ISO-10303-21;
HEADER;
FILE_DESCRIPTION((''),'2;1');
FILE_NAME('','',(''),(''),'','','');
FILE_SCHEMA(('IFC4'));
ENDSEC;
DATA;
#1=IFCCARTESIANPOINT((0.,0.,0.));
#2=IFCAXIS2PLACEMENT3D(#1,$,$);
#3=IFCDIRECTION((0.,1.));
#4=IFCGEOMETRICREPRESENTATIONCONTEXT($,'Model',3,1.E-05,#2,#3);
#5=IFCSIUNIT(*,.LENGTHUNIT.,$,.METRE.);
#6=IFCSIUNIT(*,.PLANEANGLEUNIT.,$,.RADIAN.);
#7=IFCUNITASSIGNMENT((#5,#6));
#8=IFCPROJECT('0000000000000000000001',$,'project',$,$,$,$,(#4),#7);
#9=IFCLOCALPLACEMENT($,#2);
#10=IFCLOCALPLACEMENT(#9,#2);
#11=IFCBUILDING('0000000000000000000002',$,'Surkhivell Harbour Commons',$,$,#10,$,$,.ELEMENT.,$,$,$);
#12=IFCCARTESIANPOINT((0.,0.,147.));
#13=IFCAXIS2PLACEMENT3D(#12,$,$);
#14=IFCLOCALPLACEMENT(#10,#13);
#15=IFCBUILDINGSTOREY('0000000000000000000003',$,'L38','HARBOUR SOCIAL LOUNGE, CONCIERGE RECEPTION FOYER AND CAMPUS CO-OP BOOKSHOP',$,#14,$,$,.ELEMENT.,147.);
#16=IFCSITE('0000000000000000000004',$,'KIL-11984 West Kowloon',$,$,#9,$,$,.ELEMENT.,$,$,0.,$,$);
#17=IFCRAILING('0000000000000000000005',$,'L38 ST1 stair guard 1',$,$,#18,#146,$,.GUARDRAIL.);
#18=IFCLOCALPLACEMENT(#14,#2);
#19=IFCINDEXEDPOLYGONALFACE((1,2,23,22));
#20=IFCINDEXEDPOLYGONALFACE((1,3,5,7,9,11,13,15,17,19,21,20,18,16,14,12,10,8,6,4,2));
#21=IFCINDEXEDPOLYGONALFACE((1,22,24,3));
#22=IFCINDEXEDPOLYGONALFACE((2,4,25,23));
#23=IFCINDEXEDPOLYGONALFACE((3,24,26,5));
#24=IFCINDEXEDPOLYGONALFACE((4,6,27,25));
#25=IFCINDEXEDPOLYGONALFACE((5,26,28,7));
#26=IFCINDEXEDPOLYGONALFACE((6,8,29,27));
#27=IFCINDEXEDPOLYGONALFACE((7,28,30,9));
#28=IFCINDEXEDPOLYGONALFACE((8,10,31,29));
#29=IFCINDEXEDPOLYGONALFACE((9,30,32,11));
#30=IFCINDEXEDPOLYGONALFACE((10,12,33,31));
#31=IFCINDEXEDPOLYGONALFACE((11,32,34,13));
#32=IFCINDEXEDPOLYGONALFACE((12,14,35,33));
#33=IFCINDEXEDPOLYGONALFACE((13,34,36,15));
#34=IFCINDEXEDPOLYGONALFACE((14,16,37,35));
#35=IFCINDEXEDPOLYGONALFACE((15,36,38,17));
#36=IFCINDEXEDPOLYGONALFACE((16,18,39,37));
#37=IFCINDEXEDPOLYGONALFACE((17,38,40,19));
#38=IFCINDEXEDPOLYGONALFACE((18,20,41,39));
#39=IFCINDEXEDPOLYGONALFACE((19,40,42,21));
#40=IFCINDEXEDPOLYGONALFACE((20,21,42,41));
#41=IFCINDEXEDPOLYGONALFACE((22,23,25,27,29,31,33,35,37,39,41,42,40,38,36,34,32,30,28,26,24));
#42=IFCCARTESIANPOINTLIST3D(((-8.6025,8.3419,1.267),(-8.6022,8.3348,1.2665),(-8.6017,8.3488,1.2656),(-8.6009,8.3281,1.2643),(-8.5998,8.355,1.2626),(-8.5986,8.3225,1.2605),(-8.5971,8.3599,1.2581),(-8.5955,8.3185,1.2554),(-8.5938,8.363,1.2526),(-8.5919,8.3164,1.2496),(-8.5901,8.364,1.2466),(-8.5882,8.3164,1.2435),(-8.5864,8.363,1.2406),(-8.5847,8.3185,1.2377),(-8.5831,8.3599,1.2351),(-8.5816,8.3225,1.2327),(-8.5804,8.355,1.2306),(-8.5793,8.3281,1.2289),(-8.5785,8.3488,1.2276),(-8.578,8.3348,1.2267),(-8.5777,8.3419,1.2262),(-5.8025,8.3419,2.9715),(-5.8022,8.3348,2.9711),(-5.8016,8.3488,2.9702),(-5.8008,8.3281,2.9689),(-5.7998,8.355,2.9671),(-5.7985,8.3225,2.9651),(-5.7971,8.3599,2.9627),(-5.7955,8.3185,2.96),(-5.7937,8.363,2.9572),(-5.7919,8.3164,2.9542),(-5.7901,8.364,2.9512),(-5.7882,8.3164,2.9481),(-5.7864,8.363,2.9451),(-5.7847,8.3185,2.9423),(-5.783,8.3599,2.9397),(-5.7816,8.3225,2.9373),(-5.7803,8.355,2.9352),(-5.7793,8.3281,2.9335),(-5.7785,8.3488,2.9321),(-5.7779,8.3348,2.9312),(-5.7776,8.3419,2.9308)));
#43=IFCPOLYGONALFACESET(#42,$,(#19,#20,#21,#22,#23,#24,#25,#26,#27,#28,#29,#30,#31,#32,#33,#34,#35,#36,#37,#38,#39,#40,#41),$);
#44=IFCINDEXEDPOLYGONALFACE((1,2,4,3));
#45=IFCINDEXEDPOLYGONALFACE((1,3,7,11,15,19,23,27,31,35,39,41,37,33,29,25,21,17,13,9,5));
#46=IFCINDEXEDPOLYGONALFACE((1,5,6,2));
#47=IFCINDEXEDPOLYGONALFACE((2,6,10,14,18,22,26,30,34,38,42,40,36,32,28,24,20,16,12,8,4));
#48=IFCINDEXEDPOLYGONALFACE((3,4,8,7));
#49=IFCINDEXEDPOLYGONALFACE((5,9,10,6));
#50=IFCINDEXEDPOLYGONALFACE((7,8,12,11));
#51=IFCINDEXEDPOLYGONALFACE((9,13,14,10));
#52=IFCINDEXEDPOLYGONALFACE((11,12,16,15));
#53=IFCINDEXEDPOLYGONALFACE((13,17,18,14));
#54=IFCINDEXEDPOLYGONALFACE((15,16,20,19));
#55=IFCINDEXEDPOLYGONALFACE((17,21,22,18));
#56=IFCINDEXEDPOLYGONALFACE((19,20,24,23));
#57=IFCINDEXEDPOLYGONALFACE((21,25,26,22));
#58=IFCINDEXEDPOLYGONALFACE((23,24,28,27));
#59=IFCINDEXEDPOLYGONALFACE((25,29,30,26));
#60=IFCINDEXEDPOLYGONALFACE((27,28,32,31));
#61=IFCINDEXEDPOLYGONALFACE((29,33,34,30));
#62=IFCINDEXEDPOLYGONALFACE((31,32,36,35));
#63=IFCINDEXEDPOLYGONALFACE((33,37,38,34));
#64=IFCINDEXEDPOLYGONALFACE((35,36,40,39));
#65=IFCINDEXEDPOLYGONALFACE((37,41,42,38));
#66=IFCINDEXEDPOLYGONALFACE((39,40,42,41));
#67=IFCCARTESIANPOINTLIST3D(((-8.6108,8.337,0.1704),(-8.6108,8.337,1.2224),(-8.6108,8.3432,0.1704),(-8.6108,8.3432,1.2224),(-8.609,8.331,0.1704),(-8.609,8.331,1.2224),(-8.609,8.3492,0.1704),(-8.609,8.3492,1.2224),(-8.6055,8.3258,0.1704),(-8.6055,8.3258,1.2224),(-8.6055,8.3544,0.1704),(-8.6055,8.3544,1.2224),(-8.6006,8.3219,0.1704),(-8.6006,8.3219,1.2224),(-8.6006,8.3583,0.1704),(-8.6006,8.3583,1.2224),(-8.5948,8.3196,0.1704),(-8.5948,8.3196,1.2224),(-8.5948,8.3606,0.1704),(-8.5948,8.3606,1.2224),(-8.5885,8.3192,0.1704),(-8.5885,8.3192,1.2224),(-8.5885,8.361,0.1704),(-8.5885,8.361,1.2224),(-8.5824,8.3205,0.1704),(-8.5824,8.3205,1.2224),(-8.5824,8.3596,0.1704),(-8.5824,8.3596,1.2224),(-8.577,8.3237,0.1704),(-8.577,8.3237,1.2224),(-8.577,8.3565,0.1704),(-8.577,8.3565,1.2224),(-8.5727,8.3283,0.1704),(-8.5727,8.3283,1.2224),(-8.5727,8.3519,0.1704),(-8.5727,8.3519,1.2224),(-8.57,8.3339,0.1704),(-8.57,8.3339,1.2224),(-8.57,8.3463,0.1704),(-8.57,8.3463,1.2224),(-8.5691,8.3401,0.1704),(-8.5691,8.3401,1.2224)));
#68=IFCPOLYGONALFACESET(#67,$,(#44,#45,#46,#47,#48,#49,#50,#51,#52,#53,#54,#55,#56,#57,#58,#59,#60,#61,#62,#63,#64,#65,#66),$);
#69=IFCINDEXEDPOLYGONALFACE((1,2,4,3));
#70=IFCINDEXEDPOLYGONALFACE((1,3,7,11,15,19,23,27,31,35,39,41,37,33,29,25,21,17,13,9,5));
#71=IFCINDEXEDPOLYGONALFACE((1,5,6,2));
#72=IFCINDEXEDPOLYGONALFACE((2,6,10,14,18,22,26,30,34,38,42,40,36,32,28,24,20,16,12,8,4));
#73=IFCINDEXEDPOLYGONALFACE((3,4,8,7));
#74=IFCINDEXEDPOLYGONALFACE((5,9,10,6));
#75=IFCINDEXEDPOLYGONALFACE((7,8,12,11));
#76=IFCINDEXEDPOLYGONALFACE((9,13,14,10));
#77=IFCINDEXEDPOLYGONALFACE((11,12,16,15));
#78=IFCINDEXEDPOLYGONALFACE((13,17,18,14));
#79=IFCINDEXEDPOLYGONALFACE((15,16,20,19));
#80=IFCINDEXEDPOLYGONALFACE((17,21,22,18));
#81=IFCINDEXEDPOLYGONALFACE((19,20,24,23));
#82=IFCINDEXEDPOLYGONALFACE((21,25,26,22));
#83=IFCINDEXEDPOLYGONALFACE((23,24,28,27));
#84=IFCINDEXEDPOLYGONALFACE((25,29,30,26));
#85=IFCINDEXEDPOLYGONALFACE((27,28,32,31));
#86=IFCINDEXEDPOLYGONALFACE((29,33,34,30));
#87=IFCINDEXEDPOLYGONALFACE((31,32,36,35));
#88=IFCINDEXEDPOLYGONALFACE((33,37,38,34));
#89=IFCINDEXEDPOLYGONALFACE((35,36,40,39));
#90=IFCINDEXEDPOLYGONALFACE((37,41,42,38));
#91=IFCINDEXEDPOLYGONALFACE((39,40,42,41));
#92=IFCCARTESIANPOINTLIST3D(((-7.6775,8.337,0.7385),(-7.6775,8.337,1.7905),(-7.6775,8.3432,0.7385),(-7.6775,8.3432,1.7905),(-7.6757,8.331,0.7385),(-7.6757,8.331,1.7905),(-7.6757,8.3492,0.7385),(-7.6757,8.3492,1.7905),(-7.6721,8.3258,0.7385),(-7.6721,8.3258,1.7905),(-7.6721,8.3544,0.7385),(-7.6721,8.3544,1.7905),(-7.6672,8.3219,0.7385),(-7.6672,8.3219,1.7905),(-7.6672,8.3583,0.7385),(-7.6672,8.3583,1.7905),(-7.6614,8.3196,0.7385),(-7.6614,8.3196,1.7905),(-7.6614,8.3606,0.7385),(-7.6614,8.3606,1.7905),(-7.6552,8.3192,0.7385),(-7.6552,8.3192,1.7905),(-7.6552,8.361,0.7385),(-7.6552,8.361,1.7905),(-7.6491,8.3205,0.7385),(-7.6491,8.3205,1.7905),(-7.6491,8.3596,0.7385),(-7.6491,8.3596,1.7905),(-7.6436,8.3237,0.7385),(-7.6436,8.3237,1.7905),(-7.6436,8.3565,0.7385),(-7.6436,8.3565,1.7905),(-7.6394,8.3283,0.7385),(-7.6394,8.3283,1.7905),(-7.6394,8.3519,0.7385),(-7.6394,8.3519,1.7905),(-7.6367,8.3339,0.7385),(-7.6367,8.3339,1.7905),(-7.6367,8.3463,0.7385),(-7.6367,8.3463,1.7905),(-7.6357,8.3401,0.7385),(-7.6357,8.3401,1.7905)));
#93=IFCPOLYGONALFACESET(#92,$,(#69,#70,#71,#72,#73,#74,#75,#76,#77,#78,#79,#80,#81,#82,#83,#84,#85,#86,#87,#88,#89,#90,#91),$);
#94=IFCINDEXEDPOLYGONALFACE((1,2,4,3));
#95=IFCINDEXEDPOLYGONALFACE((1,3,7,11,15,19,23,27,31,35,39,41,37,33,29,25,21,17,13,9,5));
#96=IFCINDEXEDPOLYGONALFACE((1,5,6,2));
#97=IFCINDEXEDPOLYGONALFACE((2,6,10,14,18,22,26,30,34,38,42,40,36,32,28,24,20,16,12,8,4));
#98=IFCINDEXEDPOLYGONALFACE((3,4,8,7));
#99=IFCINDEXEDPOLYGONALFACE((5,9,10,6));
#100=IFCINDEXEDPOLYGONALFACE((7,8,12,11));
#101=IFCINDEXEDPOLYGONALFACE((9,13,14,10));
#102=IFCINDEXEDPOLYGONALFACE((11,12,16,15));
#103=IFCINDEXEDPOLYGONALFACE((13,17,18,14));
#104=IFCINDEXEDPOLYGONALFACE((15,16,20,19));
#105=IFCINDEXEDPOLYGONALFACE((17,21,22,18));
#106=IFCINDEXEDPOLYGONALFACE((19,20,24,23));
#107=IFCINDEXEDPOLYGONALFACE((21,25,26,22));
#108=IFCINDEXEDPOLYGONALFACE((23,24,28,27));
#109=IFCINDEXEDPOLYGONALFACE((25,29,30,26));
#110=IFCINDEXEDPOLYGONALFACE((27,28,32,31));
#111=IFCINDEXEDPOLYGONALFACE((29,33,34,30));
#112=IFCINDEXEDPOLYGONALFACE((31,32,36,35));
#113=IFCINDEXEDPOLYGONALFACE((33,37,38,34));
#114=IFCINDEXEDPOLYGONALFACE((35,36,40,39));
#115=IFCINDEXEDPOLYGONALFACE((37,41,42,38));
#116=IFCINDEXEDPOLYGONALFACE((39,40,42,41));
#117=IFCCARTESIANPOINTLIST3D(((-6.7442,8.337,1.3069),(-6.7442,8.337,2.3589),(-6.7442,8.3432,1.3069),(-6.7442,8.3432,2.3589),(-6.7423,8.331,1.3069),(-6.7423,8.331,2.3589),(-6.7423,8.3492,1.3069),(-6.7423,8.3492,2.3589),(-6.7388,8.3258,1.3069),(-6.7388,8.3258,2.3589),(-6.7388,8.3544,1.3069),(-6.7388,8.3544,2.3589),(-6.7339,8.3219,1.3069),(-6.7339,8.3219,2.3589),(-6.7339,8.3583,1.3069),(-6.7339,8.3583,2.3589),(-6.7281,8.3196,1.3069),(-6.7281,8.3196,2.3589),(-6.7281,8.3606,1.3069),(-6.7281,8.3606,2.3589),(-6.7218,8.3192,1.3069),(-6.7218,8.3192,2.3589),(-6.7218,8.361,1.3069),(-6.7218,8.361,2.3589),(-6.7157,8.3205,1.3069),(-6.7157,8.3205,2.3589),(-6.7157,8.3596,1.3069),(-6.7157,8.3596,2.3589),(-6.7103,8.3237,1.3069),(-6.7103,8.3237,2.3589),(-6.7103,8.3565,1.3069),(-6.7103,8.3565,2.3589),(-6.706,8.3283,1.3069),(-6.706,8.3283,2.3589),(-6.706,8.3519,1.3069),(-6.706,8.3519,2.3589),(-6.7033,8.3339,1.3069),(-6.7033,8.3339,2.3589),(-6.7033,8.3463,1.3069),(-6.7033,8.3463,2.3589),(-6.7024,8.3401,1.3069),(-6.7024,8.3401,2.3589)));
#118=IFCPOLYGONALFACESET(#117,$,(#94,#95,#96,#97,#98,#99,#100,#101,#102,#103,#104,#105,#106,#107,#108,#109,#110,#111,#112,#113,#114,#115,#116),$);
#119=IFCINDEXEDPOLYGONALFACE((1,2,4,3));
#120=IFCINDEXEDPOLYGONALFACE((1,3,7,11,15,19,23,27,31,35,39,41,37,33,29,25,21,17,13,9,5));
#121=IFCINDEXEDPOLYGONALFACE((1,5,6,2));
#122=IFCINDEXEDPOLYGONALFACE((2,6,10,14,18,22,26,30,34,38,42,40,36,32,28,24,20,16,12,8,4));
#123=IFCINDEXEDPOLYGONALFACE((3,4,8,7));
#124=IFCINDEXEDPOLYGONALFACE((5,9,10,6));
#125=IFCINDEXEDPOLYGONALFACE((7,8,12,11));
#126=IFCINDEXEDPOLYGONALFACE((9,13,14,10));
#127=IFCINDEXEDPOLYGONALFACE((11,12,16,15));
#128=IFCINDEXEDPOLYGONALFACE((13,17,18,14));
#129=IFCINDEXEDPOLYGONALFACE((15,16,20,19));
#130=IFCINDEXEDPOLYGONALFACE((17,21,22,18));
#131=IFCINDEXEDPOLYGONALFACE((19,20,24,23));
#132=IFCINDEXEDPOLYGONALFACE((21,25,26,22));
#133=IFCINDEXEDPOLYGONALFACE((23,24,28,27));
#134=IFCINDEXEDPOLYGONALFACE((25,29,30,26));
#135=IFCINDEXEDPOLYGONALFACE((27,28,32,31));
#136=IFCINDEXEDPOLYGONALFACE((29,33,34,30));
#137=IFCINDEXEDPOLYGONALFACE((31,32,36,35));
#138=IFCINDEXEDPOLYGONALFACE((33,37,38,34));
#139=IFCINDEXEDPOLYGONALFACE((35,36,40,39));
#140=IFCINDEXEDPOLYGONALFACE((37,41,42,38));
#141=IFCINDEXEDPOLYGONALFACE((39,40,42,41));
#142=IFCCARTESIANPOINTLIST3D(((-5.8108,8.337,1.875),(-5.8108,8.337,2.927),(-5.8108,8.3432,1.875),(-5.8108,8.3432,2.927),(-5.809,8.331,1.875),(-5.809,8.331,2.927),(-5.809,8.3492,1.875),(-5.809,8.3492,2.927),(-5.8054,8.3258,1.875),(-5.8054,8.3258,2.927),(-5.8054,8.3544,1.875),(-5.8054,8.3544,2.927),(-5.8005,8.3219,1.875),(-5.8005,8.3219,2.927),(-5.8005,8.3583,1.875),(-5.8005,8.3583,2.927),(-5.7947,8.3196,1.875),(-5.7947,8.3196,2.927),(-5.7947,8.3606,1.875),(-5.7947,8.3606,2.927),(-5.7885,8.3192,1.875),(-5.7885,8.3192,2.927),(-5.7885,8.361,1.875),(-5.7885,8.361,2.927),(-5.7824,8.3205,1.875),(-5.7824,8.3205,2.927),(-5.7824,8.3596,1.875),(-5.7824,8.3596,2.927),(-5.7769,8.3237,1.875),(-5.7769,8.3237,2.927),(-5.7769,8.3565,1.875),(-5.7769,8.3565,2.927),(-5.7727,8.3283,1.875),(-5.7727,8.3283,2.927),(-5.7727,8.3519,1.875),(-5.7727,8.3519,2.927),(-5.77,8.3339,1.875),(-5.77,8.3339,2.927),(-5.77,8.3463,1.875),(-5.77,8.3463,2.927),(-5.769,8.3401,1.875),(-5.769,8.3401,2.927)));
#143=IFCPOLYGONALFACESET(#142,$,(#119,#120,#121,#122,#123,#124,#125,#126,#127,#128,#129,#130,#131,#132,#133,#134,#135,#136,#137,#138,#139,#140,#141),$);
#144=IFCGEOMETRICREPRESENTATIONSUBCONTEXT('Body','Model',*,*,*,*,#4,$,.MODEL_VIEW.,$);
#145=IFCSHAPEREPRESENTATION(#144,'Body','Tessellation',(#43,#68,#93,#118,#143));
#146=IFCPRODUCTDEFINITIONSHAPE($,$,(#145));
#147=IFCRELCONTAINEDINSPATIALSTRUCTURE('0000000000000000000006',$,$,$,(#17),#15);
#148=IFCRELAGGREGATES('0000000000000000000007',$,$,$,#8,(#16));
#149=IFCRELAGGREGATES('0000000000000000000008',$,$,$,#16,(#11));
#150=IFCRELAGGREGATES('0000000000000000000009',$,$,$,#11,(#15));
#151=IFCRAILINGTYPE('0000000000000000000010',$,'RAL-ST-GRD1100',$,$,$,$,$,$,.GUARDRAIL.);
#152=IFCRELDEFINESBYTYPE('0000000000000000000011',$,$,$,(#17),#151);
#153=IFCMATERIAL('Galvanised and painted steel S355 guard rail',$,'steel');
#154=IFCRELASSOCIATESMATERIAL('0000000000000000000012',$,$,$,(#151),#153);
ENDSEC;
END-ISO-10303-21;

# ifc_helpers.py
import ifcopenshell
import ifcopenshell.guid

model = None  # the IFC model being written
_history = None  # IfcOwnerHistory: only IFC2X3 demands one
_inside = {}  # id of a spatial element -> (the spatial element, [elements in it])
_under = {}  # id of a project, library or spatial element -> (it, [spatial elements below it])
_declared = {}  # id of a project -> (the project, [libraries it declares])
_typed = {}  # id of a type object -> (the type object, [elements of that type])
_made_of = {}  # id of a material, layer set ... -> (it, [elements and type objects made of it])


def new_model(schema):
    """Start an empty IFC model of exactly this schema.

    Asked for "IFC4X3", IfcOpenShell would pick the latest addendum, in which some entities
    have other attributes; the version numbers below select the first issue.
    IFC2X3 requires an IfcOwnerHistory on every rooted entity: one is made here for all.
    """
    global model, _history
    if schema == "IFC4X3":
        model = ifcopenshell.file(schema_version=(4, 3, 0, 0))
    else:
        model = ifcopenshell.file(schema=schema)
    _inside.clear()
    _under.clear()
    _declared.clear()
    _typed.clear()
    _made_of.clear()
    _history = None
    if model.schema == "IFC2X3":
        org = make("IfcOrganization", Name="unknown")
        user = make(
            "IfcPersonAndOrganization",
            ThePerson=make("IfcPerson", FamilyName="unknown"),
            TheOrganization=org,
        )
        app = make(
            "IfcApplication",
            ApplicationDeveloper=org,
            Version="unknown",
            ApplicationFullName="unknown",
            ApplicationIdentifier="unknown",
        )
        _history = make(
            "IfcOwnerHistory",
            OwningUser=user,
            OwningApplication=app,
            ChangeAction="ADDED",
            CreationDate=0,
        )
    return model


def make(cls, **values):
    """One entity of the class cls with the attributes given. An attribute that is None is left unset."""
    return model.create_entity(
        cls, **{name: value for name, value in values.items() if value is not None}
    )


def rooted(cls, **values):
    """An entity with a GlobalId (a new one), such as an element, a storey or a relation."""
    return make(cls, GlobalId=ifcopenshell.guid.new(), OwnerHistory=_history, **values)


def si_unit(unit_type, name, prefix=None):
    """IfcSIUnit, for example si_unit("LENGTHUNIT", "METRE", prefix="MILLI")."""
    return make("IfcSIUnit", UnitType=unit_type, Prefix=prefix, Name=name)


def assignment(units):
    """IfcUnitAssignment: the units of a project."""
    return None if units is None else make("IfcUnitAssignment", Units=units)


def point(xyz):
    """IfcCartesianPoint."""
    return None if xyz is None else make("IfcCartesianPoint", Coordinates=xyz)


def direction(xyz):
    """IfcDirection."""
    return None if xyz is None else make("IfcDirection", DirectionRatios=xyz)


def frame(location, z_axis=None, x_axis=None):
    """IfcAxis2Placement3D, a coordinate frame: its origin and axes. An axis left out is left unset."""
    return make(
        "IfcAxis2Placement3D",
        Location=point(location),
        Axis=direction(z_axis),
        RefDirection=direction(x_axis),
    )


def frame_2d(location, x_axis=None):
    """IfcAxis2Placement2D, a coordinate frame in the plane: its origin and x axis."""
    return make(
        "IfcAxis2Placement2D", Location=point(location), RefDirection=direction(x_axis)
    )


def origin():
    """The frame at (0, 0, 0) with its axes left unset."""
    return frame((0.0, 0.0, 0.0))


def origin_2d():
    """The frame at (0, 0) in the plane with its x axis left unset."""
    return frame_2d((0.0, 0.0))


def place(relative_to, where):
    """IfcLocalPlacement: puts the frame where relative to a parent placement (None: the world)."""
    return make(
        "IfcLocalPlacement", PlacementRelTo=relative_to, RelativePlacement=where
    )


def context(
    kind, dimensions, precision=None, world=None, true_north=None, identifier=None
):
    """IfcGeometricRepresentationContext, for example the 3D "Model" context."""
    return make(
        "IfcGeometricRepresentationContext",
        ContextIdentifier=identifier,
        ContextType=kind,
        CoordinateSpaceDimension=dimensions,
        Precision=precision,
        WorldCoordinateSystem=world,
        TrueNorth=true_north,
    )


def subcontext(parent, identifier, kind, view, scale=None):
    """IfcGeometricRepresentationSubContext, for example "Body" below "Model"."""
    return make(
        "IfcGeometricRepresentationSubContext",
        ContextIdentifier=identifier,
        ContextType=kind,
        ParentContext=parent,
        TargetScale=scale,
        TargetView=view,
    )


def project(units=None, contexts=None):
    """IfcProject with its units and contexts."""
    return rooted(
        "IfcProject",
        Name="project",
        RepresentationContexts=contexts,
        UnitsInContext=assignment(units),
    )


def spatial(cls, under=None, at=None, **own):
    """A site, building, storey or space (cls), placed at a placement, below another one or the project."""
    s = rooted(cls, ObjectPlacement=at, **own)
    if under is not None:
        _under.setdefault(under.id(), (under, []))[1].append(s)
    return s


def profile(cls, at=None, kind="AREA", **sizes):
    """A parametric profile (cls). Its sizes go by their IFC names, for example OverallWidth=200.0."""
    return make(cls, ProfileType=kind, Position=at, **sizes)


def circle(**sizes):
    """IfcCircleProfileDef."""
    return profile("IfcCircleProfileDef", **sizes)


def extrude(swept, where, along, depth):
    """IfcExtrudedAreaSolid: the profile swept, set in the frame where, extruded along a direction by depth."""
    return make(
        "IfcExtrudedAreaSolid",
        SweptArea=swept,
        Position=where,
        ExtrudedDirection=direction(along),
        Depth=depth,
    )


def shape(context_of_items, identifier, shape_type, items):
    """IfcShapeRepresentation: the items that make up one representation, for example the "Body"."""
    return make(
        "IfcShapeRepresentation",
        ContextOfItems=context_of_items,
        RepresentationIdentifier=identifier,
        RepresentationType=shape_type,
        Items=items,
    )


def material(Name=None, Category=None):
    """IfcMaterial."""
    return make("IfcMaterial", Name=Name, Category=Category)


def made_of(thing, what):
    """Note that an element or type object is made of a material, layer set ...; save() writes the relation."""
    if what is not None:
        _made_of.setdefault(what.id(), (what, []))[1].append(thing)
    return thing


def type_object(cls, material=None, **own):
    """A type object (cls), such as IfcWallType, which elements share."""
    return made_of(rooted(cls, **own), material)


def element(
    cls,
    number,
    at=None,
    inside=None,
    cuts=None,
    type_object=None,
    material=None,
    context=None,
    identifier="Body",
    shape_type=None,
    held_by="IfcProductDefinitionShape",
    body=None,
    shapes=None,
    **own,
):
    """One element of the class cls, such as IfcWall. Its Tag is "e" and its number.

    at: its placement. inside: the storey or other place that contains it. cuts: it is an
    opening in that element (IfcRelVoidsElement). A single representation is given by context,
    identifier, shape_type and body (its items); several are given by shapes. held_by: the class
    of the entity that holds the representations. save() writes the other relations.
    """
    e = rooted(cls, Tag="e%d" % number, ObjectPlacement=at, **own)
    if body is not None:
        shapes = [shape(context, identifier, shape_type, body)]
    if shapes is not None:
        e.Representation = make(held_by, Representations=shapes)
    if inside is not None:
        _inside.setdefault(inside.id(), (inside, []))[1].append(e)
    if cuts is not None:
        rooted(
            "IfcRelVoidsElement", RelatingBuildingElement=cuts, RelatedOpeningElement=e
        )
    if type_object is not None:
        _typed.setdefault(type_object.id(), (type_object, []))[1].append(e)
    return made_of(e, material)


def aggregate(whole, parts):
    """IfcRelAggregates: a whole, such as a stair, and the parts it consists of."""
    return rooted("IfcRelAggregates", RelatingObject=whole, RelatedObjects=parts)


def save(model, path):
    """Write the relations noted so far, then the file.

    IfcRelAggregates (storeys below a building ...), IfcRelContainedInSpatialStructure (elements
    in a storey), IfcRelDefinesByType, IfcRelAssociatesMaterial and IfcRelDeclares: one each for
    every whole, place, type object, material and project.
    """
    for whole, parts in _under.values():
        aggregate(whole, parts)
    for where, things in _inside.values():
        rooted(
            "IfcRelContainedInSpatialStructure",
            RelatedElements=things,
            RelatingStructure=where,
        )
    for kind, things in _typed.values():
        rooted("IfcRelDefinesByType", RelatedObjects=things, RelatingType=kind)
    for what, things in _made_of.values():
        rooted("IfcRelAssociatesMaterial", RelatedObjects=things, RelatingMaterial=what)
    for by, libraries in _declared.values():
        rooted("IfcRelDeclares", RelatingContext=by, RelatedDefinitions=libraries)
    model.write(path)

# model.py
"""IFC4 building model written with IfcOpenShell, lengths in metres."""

from ifc_helpers import new_model, si_unit, direction, frame, origin, origin_2d, place, context, subcontext, project, spatial, circle, extrude, material, type_object, element, save


model = new_model("IFC4")

# Units and contexts
model_context = context("Model", 3, precision=1e-05, world=origin(), true_north=direction((0.0, 1.0)))
body_context = subcontext(model_context, "Body", "Model", "MODEL_VIEW")
ifc_project = project(units=[si_unit("LENGTHUNIT", "METRE"), si_unit("PLANEANGLEUNIT", "RADIAN")], contexts=[model_context])

# Site, building, storey
site_placement = place(None, origin())
site = spatial("IfcSite", under=ifc_project, at=site_placement, Name="KIL-11984 West Kowloon", CompositionType="ELEMENT", RefElevation=0.0)
building_placement = place(site_placement, origin())
building = spatial("IfcBuilding", under=site, at=building_placement, Name="Surkhivell Harbour Commons", CompositionType="ELEMENT")
storey_placement = place(building_placement, frame((0.0, 0.0, 147.0)))
storey = spatial("IfcBuildingStorey", under=building, at=storey_placement, Name="L38", Description="HARBOUR SOCIAL LOUNGE, CONCIERGE RECEPTION FOYER AND CAMPUS CO-OP BOOKSHOP", CompositionType="ELEMENT", Elevation=147.0)

# Railing
ifc_material_1 = material(Name="Galvanised and painted steel S355 guard rail", Category="steel")
railing_type_1 = type_object("IfcRailingType", Name="RAL-ST-GRD1100", PredefinedType="GUARDRAIL", material=ifc_material_1)
railing_1_placement = place(storey_placement, frame((-8.5901, 8.3401, 0.1704)))
element("IfcRailing", 1, at=railing_1_placement, inside=storey, type_object=railing_type_1, Name="L38 ST1 stair guard 1", PredefinedType="GUARDRAIL", context=body_context, shape_type="SweptSolid", body=[
    extrude(circle(Radius=0.0239, at=origin_2d()), frame((0.0, 0.0, 1.0762), z_axis=(0.85417, 0.0, 0.519994), x_axis=(0.0, 1.0, 0.0)), (0.0, 0.0, 1.0), 3.2781),
    extrude(circle(Radius=0.021, at=origin_2d()), origin(), (0.0, 0.0, 1.0), 1.052),
    extrude(circle(Radius=0.021, at=origin_2d()), frame((0.9333, 0.0, 0.5681)), (0.0, 0.0, 1.0), 1.052),
    extrude(circle(Radius=0.021, at=origin_2d()), frame((1.8667, 0.0, 1.1365)), (0.0, 0.0, 1.0), 1.052),
    extrude(circle(Radius=0.021, at=origin_2d()), frame((2.8, 0.0, 1.7046)), (0.0, 0.0, 1.0), 1.052),
])

save(model, "model.ifc")
